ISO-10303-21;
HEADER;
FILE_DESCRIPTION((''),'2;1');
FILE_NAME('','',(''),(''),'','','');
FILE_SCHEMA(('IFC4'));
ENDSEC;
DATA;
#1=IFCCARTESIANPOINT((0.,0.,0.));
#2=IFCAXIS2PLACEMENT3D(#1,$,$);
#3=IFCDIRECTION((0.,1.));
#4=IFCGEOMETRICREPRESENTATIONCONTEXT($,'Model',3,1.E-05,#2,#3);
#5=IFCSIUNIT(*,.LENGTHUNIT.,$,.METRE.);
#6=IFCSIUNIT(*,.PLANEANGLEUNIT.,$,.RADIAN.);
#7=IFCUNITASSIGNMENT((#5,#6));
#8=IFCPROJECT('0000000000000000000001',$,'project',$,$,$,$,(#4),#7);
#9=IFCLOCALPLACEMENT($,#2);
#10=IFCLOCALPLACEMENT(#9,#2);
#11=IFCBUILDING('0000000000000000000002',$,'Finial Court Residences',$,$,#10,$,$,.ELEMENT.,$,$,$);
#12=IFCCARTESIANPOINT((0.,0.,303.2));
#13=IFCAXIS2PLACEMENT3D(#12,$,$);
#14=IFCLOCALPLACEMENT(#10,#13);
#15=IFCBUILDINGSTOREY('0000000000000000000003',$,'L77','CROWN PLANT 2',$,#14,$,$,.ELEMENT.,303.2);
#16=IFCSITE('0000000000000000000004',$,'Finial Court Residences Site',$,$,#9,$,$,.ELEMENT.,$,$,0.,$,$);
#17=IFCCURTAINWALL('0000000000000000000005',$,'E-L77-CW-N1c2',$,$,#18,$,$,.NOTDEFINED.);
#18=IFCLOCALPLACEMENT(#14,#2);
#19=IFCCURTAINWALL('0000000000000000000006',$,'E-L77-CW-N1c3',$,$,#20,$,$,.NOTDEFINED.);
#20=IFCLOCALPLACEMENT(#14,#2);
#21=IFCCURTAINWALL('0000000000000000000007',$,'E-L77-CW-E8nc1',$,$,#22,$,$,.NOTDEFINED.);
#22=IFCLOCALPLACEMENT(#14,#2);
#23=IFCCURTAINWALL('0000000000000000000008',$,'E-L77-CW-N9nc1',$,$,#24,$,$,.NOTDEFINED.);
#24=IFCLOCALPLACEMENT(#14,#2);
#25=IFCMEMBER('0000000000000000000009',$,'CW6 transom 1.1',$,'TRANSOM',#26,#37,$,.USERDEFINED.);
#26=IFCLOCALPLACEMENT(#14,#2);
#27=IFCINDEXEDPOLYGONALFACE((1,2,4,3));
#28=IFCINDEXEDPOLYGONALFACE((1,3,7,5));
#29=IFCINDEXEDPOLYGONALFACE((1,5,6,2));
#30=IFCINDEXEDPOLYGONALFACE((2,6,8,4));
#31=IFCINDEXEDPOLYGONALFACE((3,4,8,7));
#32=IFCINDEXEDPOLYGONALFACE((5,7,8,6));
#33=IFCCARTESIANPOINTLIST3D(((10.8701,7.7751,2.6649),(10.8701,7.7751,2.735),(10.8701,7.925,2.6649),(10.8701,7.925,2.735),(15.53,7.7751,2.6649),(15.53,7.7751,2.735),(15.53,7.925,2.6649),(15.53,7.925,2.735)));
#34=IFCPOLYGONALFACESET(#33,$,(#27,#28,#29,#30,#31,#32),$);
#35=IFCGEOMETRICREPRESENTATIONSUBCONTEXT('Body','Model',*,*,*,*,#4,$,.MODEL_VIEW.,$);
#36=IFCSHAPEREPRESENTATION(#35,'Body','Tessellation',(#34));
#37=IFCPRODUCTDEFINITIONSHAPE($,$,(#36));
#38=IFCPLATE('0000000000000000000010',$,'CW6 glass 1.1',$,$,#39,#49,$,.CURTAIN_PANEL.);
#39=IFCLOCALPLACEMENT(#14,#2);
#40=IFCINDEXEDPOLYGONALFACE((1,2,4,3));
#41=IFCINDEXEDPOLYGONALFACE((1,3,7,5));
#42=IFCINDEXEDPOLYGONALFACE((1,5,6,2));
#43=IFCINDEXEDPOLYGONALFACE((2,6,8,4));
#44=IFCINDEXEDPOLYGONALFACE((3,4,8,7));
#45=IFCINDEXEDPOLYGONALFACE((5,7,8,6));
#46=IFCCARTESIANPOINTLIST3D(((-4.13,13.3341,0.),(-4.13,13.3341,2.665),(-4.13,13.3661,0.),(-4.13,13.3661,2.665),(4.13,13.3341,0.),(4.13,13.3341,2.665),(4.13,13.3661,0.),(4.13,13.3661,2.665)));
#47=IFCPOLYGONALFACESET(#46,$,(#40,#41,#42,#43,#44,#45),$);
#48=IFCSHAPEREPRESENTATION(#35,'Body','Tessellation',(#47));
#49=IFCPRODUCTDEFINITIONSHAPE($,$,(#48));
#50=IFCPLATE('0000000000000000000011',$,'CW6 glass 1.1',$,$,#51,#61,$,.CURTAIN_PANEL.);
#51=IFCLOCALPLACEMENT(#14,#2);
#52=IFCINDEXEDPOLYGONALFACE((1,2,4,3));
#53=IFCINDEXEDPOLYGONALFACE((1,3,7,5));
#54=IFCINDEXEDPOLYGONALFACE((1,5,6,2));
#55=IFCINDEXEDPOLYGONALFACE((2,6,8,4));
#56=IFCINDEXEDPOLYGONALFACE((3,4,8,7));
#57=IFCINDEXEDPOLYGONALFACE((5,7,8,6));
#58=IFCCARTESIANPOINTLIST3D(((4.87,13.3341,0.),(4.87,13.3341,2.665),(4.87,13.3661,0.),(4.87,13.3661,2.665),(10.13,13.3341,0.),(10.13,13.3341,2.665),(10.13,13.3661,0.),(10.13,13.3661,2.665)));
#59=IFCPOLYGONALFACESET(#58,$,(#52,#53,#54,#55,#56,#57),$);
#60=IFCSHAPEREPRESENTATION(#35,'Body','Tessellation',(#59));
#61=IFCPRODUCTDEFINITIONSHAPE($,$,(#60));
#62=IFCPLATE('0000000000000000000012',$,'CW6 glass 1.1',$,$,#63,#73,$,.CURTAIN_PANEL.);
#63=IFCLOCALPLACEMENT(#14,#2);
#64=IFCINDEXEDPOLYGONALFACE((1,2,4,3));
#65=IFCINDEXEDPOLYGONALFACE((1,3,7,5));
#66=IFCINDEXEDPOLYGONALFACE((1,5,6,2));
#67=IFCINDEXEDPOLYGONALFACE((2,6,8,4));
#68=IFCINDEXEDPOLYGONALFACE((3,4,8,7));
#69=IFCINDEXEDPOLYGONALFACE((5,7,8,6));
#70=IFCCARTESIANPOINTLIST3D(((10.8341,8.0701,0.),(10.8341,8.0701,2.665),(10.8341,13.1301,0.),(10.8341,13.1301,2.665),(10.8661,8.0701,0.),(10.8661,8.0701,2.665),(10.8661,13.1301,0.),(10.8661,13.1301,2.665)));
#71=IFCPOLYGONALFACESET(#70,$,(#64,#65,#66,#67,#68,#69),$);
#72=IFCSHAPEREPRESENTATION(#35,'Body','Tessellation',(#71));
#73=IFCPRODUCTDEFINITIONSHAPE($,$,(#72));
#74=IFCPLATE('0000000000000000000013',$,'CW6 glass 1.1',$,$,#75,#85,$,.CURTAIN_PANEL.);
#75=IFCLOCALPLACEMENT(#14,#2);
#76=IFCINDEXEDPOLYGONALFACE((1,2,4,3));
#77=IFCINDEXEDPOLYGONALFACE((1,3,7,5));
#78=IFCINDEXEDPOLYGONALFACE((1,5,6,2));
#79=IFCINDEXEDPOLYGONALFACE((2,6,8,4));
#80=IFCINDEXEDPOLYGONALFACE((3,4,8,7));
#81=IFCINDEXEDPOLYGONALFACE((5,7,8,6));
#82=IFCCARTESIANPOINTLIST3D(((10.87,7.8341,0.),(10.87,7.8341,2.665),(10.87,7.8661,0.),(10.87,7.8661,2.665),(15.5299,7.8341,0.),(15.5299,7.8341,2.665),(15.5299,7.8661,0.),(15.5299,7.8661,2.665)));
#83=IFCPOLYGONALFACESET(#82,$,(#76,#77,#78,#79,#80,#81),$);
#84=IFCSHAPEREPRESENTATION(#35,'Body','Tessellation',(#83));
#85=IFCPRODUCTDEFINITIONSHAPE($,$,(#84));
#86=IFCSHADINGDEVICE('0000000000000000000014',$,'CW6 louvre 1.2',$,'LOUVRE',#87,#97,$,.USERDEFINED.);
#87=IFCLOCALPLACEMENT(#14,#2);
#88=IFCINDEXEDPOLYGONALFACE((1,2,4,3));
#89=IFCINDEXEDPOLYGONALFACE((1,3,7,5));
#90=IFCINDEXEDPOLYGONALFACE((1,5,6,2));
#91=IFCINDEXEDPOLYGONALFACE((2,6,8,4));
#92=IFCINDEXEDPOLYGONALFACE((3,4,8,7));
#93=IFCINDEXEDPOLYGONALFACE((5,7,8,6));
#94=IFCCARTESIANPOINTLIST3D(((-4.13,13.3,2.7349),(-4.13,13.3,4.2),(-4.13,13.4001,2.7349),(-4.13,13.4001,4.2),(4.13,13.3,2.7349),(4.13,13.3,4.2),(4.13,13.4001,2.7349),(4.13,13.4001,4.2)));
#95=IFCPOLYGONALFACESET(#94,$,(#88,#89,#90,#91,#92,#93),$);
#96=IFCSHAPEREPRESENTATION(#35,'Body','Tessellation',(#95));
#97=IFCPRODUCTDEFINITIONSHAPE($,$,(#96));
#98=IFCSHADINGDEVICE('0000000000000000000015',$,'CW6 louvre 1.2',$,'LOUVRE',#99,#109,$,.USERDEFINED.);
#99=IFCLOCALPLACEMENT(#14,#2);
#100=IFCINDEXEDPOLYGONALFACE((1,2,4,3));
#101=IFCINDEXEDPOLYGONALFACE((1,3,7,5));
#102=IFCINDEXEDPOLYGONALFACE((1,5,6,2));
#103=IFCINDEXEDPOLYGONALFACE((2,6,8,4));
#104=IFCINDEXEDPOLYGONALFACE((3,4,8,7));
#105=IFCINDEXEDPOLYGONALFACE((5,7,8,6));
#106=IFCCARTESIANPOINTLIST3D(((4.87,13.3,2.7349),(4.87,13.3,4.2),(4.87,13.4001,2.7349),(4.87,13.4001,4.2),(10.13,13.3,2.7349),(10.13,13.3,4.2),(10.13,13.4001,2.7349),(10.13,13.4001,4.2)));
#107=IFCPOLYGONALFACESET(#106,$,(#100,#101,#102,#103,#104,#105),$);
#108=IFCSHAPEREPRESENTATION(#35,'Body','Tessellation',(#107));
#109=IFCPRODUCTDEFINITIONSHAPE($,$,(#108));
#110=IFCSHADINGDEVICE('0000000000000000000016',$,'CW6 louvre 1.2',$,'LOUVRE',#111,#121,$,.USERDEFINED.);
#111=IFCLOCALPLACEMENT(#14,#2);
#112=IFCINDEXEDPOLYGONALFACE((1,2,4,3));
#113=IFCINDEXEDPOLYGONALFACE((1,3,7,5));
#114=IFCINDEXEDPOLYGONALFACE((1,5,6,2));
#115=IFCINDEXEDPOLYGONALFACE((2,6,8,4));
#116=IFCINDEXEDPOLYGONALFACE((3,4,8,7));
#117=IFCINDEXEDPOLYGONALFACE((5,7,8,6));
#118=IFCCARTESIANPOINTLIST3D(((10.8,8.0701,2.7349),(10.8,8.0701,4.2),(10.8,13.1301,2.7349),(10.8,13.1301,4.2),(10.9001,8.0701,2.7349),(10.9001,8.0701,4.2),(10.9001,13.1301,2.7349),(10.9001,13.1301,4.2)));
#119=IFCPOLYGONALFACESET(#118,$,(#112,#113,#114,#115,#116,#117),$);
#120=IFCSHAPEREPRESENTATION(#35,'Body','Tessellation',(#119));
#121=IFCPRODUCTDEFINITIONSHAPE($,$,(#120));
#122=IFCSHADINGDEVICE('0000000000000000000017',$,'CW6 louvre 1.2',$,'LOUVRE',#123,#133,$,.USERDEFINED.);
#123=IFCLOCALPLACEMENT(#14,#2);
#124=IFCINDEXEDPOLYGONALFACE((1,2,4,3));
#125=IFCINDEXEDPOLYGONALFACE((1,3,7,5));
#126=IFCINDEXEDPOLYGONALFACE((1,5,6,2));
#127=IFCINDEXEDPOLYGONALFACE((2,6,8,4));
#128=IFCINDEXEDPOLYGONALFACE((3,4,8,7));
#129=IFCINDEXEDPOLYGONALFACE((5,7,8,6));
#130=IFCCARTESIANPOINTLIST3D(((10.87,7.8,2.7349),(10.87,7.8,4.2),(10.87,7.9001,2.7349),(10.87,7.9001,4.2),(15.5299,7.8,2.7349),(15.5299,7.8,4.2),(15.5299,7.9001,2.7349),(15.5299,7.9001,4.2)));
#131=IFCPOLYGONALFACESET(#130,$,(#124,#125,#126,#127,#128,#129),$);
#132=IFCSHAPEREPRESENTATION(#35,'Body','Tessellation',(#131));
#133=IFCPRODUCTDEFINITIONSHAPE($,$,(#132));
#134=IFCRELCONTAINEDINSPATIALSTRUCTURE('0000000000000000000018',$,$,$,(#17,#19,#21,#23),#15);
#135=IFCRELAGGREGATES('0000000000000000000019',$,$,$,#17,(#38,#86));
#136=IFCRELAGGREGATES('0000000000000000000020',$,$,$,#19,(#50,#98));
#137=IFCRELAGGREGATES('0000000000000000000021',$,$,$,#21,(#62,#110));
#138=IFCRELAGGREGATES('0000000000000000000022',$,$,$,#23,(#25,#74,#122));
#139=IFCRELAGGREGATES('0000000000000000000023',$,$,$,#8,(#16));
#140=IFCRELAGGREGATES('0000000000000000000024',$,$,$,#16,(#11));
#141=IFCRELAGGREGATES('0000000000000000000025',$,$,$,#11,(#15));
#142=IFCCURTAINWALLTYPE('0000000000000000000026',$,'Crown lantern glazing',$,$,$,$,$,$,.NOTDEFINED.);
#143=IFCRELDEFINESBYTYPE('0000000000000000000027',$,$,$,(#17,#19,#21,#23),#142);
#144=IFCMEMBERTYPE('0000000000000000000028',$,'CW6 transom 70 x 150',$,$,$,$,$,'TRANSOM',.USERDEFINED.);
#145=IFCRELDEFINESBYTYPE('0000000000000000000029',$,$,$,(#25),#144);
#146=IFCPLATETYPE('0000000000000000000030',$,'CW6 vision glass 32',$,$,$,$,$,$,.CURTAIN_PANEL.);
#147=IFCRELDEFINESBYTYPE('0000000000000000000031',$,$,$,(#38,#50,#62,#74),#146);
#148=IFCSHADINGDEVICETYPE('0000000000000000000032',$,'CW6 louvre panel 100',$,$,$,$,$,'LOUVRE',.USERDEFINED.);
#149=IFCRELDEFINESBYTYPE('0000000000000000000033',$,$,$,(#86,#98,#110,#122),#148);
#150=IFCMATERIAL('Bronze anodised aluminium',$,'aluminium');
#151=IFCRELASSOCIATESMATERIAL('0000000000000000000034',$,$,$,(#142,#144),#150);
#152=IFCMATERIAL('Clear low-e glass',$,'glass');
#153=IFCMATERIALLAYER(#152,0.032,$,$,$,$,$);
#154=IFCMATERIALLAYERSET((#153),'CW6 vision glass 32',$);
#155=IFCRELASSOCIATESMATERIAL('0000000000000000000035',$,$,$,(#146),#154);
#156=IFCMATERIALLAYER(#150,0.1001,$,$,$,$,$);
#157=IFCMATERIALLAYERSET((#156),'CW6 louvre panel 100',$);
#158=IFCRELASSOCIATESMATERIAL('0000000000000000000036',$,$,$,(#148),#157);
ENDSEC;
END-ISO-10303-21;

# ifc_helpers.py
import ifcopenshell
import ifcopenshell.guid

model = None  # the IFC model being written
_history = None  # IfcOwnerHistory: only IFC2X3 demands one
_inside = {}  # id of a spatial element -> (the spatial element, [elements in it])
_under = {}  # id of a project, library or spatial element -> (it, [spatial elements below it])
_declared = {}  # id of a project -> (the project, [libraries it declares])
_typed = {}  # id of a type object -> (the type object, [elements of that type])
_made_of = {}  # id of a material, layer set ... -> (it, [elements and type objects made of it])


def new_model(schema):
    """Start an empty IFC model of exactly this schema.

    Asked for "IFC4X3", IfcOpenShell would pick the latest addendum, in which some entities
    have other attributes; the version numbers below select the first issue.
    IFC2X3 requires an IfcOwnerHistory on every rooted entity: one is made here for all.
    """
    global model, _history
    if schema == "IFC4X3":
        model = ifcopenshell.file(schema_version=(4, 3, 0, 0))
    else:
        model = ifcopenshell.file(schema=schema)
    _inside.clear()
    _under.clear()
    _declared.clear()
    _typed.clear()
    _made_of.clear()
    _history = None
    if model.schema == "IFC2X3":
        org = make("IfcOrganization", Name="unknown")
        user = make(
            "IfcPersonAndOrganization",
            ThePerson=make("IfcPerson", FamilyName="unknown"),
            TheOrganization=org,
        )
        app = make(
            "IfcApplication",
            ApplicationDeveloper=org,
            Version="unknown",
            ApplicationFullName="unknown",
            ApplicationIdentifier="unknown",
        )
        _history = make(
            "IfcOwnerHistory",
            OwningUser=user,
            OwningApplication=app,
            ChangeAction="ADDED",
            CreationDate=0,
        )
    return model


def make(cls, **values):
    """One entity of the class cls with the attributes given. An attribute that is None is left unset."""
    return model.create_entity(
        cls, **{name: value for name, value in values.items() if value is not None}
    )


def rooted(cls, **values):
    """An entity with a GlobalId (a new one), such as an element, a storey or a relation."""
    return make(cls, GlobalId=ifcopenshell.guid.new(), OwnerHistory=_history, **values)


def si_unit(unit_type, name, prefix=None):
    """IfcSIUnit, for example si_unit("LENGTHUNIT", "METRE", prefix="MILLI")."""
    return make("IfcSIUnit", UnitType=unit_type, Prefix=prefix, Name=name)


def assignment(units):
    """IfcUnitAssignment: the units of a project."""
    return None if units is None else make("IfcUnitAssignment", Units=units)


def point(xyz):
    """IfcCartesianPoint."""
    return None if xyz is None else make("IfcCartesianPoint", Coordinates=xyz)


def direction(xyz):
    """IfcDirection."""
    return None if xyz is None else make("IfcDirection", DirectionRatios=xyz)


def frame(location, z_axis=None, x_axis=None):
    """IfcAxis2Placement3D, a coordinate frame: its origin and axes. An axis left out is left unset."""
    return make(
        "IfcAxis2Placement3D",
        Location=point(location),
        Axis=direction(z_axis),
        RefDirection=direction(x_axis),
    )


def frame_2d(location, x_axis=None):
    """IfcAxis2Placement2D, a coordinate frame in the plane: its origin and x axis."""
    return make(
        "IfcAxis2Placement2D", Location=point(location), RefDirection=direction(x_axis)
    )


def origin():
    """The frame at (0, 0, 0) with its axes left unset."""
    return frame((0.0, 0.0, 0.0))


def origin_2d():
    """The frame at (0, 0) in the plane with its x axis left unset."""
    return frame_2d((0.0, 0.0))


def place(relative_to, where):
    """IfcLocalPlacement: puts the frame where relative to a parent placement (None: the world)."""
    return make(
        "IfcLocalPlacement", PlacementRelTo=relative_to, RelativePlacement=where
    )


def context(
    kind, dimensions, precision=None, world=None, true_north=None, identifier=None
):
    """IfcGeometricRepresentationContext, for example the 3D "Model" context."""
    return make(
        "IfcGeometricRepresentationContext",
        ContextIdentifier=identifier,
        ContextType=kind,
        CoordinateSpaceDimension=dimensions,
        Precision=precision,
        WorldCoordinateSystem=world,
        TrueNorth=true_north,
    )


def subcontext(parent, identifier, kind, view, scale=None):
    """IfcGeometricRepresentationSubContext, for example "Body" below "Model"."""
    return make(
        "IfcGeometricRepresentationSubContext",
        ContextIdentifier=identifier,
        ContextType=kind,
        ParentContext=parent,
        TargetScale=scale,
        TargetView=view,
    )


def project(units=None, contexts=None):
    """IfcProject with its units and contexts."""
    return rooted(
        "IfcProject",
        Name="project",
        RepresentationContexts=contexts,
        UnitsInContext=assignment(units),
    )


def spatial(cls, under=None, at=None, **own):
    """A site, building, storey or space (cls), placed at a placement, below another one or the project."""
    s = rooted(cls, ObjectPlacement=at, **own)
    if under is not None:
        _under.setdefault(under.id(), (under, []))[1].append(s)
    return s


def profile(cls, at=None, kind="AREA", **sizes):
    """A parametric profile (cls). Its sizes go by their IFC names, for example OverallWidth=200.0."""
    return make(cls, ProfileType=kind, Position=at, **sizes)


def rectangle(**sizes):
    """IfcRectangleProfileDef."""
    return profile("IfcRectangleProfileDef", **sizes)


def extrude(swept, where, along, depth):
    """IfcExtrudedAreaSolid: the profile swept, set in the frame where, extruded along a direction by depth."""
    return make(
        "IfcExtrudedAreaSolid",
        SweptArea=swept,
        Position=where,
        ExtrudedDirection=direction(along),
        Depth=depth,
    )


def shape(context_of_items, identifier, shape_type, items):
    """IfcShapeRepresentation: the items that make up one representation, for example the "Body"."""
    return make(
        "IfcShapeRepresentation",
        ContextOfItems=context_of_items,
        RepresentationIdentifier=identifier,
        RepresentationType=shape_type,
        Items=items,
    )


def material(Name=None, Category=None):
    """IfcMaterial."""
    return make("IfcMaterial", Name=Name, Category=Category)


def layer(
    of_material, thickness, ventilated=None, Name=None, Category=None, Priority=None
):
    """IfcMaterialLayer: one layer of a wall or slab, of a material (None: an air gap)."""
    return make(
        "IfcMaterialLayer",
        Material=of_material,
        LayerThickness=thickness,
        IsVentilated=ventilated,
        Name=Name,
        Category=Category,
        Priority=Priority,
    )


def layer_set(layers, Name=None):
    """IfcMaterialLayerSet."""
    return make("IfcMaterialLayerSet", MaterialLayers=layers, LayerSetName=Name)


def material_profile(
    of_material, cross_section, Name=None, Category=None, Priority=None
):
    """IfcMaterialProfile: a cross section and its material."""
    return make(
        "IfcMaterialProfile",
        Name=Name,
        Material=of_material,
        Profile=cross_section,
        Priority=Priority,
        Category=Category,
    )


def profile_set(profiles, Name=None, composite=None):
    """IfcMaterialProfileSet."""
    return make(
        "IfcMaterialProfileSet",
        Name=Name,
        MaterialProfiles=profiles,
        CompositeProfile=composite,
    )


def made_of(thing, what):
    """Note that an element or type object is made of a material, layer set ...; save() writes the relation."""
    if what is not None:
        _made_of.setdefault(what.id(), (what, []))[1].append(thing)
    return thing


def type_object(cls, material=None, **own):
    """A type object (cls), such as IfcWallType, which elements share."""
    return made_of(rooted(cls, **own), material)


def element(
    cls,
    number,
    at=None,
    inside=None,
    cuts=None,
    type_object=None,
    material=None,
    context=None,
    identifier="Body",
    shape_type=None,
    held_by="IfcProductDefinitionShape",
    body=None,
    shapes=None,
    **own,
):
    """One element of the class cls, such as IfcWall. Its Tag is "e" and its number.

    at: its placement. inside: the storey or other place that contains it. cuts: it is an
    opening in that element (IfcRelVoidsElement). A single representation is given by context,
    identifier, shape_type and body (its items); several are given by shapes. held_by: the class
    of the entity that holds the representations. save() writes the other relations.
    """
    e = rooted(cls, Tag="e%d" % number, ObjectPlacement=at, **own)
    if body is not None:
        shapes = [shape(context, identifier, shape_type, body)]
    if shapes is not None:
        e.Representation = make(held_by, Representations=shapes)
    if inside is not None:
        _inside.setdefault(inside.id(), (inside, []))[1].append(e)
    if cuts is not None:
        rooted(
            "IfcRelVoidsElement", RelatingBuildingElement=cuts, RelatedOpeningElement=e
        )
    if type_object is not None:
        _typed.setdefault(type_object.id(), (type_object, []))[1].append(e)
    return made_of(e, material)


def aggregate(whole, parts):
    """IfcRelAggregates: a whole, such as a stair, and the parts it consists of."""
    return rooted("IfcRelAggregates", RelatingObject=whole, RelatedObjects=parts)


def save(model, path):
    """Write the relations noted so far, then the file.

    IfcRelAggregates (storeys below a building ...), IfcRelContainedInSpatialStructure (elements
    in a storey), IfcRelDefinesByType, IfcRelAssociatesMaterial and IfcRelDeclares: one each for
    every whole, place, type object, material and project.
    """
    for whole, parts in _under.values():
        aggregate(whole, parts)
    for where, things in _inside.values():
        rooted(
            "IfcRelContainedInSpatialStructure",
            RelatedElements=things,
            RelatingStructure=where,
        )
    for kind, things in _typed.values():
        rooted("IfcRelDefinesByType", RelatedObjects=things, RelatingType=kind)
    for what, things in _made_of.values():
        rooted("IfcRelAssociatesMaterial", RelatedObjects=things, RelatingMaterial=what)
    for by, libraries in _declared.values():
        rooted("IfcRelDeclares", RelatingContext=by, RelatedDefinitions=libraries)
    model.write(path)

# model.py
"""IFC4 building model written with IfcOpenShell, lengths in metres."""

from ifc_helpers import new_model, si_unit, direction, frame, origin, origin_2d, place, context, subcontext, project, spatial, rectangle, extrude, material, layer, layer_set, material_profile, profile_set, type_object, element, aggregate, save


model = new_model("IFC4")

# Units and contexts
model_context = context("Model", 3, precision=1e-05, world=origin(), true_north=direction((0.0, 1.0)))
body_context = subcontext(model_context, "Body", "Model", "MODEL_VIEW")
ifc_project = project(units=[si_unit("LENGTHUNIT", "METRE"), si_unit("PLANEANGLEUNIT", "RADIAN")], contexts=[model_context])

# Site, building, storey
site_placement = place(None, origin())
site = spatial("IfcSite", under=ifc_project, at=site_placement, Name="Finial Court Residences Site", CompositionType="ELEMENT", RefElevation=0.0)
building_placement = place(site_placement, origin())
building = spatial("IfcBuilding", under=site, at=building_placement, Name="Finial Court Residences", CompositionType="ELEMENT")
storey_placement = place(building_placement, frame((0.0, 0.0, 303.2)))
storey = spatial("IfcBuildingStorey", under=building, at=storey_placement, Name="L77", Description="CROWN PLANT 2", CompositionType="ELEMENT", Elevation=303.2)

# Curtain wall
ifc_material_1 = material(Name="Bronze anodised aluminium", Category="aluminium")
curtain_wall_type = type_object("IfcCurtainWallType", Name="Crown lantern glazing", PredefinedType="NOTDEFINED", material=ifc_material_1)
curtain_wall_1_placement = place(storey_placement, origin())
curtain_wall_1 = element("IfcCurtainWall", 1, at=curtain_wall_1_placement, inside=storey, type_object=curtain_wall_type, Name="E-L77-CW-N1c2", PredefinedType="NOTDEFINED")

# Curtain walls
curtain_wall_2_placement = place(storey_placement, origin())
curtain_wall_2 = element("IfcCurtainWall", 2, at=curtain_wall_2_placement, inside=storey, type_object=curtain_wall_type, Name="E-L77-CW-N1c3", PredefinedType="NOTDEFINED")
curtain_wall_3_placement = place(storey_placement, origin())
curtain_wall_3 = element("IfcCurtainWall", 3, at=curtain_wall_3_placement, inside=storey, type_object=curtain_wall_type, Name="E-L77-CW-E8nc1", PredefinedType="NOTDEFINED")
curtain_wall_4_placement = place(storey_placement, origin())
curtain_wall_4 = element("IfcCurtainWall", 4, at=curtain_wall_4_placement, inside=storey, type_object=curtain_wall_type, Name="E-L77-CW-N9nc1", PredefinedType="NOTDEFINED")

# Member
ifc_material_profile_1 = material_profile(ifc_material_1, rectangle(XDim=0.1499, YDim=0.0701, at=origin_2d()), Name="CW6 transom 70 x 150")
ifc_profile_set_1 = profile_set([ifc_material_profile_1], Name="Bronze anodised aluminium")
member_type_1 = type_object("IfcMemberType", Name="CW6 transom 70 x 150", ElementType="TRANSOM", PredefinedType="USERDEFINED", material=ifc_profile_set_1)
member_1_placement = place(storey_placement, frame((10.8701, 7.8501, 2.7), z_axis=(1.0, 0.0, 0.0), x_axis=(0.0, 1.0, 0.0)))
member_1 = element("IfcMember", 5, at=member_1_placement, type_object=member_type_1, Name="CW6 transom 1.1", ObjectType="TRANSOM", PredefinedType="USERDEFINED", context=body_context, shape_type="SweptSolid", body=[
    extrude(rectangle(XDim=0.1499, YDim=0.0701, at=origin_2d()), origin(), (0.0, 0.0, 1.0), 4.6599),
])

# Plates
ifc_material_2 = material(Name="Clear low-e glass", Category="glass")
ifc_layer_1 = layer(ifc_material_2, 0.032)
ifc_layer_set_1 = layer_set([ifc_layer_1], Name="CW6 vision glass 32")
plate_type = type_object("IfcPlateType", Name="CW6 vision glass 32", PredefinedType="CURTAIN_PANEL", material=ifc_layer_set_1)
plate_1_placement = place(storey_placement, frame((0.0, 13.3501, 0.0), z_axis=(0.0, 0.0, 1.0), x_axis=(1.0, 0.0, 0.0)))
plate_1 = element("IfcPlate", 6, at=plate_1_placement, type_object=plate_type, Name="CW6 glass 1.1", PredefinedType="CURTAIN_PANEL", context=body_context, shape_type="SweptSolid", body=[
    extrude(rectangle(XDim=8.26, YDim=0.032, at=origin_2d()), origin(), (0.0, 0.0, 1.0), 2.665),
])
plate_2_placement = place(storey_placement, frame((7.5, 13.3501, 0.0), z_axis=(0.0, 0.0, 1.0), x_axis=(1.0, 0.0, 0.0)))
plate_2 = element("IfcPlate", 7, at=plate_2_placement, type_object=plate_type, Name="CW6 glass 1.1", PredefinedType="CURTAIN_PANEL", context=body_context, shape_type="SweptSolid", body=[
    extrude(rectangle(XDim=5.26, YDim=0.032, at=origin_2d()), origin(), (0.0, 0.0, 1.0), 2.665),
])
plate_3_placement = place(storey_placement, frame((10.8501, 10.6001, 0.0), z_axis=(0.0, 0.0, 1.0), x_axis=(0.0, 1.0, 0.0)))
plate_3 = element("IfcPlate", 8, at=plate_3_placement, type_object=plate_type, Name="CW6 glass 1.1", PredefinedType="CURTAIN_PANEL", context=body_context, shape_type="SweptSolid", body=[
    extrude(rectangle(XDim=5.0601, YDim=0.032, at=origin_2d()), origin(), (0.0, 0.0, 1.0), 2.665),
])
plate_4_placement = place(storey_placement, frame((13.2, 7.8501, 0.0), z_axis=(0.0, 0.0, 1.0), x_axis=(1.0, 0.0, 0.0)))
plate_4 = element("IfcPlate", 9, at=plate_4_placement, type_object=plate_type, Name="CW6 glass 1.1", PredefinedType="CURTAIN_PANEL", context=body_context, shape_type="SweptSolid", body=[
    extrude(rectangle(XDim=4.6599, YDim=0.032, at=origin_2d()), origin(), (0.0, 0.0, 1.0), 2.665),
])

# Shading devices
ifc_layer_2 = layer(ifc_material_1, 0.1001)
ifc_layer_set_2 = layer_set([ifc_layer_2], Name="CW6 louvre panel 100")
shading_device_type = type_object("IfcShadingDeviceType", Name="CW6 louvre panel 100", ElementType="LOUVRE", PredefinedType="USERDEFINED", material=ifc_layer_set_2)
shading_device_1_placement = place(storey_placement, frame((0.0, 13.3501, 2.7349), z_axis=(0.0, 0.0, 1.0), x_axis=(1.0, 0.0, 0.0)))
shading_device_1 = element("IfcShadingDevice", 10, at=shading_device_1_placement, type_object=shading_device_type, Name="CW6 louvre 1.2", ObjectType="LOUVRE", PredefinedType="USERDEFINED", context=body_context, shape_type="SweptSolid", body=[
    extrude(rectangle(XDim=8.26, YDim=0.1001, at=origin_2d()), origin(), (0.0, 0.0, 1.0), 1.4651),
])
aggregate(curtain_wall_1, [plate_1, shading_device_1])
shading_device_2_placement = place(storey_placement, frame((7.5, 13.3501, 2.7349), z_axis=(0.0, 0.0, 1.0), x_axis=(1.0, 0.0, 0.0)))
shading_device_2 = element("IfcShadingDevice", 11, at=shading_device_2_placement, type_object=shading_device_type, Name="CW6 louvre 1.2", ObjectType="LOUVRE", PredefinedType="USERDEFINED", context=body_context, shape_type="SweptSolid", body=[
    extrude(rectangle(XDim=5.26, YDim=0.1001, at=origin_2d()), origin(), (0.0, 0.0, 1.0), 1.4651),
])
aggregate(curtain_wall_2, [plate_2, shading_device_2])
shading_device_3_placement = place(storey_placement, frame((10.8501, 10.6001, 2.7349), z_axis=(0.0, 0.0, 1.0), x_axis=(0.0, 1.0, 0.0)))
shading_device_3 = element("IfcShadingDevice", 12, at=shading_device_3_placement, type_object=shading_device_type, Name="CW6 louvre 1.2", ObjectType="LOUVRE", PredefinedType="USERDEFINED", context=body_context, shape_type="SweptSolid", body=[
    extrude(rectangle(XDim=5.0601, YDim=0.1001, at=origin_2d()), origin(), (0.0, 0.0, 1.0), 1.4651),
])
aggregate(curtain_wall_3, [plate_3, shading_device_3])
shading_device_4_placement = place(storey_placement, frame((13.2, 7.8501, 2.7349), z_axis=(0.0, 0.0, 1.0), x_axis=(1.0, 0.0, 0.0)))
shading_device_4 = element("IfcShadingDevice", 13, at=shading_device_4_placement, type_object=shading_device_type, Name="CW6 louvre 1.2", ObjectType="LOUVRE", PredefinedType="USERDEFINED", context=body_context, shape_type="SweptSolid", body=[
    extrude(rectangle(XDim=4.6599, YDim=0.1001, at=origin_2d()), origin(), (0.0, 0.0, 1.0), 1.4651),
])
aggregate(curtain_wall_4, [member_1, plate_4, shading_device_4])

save(model, "model.ifc")
